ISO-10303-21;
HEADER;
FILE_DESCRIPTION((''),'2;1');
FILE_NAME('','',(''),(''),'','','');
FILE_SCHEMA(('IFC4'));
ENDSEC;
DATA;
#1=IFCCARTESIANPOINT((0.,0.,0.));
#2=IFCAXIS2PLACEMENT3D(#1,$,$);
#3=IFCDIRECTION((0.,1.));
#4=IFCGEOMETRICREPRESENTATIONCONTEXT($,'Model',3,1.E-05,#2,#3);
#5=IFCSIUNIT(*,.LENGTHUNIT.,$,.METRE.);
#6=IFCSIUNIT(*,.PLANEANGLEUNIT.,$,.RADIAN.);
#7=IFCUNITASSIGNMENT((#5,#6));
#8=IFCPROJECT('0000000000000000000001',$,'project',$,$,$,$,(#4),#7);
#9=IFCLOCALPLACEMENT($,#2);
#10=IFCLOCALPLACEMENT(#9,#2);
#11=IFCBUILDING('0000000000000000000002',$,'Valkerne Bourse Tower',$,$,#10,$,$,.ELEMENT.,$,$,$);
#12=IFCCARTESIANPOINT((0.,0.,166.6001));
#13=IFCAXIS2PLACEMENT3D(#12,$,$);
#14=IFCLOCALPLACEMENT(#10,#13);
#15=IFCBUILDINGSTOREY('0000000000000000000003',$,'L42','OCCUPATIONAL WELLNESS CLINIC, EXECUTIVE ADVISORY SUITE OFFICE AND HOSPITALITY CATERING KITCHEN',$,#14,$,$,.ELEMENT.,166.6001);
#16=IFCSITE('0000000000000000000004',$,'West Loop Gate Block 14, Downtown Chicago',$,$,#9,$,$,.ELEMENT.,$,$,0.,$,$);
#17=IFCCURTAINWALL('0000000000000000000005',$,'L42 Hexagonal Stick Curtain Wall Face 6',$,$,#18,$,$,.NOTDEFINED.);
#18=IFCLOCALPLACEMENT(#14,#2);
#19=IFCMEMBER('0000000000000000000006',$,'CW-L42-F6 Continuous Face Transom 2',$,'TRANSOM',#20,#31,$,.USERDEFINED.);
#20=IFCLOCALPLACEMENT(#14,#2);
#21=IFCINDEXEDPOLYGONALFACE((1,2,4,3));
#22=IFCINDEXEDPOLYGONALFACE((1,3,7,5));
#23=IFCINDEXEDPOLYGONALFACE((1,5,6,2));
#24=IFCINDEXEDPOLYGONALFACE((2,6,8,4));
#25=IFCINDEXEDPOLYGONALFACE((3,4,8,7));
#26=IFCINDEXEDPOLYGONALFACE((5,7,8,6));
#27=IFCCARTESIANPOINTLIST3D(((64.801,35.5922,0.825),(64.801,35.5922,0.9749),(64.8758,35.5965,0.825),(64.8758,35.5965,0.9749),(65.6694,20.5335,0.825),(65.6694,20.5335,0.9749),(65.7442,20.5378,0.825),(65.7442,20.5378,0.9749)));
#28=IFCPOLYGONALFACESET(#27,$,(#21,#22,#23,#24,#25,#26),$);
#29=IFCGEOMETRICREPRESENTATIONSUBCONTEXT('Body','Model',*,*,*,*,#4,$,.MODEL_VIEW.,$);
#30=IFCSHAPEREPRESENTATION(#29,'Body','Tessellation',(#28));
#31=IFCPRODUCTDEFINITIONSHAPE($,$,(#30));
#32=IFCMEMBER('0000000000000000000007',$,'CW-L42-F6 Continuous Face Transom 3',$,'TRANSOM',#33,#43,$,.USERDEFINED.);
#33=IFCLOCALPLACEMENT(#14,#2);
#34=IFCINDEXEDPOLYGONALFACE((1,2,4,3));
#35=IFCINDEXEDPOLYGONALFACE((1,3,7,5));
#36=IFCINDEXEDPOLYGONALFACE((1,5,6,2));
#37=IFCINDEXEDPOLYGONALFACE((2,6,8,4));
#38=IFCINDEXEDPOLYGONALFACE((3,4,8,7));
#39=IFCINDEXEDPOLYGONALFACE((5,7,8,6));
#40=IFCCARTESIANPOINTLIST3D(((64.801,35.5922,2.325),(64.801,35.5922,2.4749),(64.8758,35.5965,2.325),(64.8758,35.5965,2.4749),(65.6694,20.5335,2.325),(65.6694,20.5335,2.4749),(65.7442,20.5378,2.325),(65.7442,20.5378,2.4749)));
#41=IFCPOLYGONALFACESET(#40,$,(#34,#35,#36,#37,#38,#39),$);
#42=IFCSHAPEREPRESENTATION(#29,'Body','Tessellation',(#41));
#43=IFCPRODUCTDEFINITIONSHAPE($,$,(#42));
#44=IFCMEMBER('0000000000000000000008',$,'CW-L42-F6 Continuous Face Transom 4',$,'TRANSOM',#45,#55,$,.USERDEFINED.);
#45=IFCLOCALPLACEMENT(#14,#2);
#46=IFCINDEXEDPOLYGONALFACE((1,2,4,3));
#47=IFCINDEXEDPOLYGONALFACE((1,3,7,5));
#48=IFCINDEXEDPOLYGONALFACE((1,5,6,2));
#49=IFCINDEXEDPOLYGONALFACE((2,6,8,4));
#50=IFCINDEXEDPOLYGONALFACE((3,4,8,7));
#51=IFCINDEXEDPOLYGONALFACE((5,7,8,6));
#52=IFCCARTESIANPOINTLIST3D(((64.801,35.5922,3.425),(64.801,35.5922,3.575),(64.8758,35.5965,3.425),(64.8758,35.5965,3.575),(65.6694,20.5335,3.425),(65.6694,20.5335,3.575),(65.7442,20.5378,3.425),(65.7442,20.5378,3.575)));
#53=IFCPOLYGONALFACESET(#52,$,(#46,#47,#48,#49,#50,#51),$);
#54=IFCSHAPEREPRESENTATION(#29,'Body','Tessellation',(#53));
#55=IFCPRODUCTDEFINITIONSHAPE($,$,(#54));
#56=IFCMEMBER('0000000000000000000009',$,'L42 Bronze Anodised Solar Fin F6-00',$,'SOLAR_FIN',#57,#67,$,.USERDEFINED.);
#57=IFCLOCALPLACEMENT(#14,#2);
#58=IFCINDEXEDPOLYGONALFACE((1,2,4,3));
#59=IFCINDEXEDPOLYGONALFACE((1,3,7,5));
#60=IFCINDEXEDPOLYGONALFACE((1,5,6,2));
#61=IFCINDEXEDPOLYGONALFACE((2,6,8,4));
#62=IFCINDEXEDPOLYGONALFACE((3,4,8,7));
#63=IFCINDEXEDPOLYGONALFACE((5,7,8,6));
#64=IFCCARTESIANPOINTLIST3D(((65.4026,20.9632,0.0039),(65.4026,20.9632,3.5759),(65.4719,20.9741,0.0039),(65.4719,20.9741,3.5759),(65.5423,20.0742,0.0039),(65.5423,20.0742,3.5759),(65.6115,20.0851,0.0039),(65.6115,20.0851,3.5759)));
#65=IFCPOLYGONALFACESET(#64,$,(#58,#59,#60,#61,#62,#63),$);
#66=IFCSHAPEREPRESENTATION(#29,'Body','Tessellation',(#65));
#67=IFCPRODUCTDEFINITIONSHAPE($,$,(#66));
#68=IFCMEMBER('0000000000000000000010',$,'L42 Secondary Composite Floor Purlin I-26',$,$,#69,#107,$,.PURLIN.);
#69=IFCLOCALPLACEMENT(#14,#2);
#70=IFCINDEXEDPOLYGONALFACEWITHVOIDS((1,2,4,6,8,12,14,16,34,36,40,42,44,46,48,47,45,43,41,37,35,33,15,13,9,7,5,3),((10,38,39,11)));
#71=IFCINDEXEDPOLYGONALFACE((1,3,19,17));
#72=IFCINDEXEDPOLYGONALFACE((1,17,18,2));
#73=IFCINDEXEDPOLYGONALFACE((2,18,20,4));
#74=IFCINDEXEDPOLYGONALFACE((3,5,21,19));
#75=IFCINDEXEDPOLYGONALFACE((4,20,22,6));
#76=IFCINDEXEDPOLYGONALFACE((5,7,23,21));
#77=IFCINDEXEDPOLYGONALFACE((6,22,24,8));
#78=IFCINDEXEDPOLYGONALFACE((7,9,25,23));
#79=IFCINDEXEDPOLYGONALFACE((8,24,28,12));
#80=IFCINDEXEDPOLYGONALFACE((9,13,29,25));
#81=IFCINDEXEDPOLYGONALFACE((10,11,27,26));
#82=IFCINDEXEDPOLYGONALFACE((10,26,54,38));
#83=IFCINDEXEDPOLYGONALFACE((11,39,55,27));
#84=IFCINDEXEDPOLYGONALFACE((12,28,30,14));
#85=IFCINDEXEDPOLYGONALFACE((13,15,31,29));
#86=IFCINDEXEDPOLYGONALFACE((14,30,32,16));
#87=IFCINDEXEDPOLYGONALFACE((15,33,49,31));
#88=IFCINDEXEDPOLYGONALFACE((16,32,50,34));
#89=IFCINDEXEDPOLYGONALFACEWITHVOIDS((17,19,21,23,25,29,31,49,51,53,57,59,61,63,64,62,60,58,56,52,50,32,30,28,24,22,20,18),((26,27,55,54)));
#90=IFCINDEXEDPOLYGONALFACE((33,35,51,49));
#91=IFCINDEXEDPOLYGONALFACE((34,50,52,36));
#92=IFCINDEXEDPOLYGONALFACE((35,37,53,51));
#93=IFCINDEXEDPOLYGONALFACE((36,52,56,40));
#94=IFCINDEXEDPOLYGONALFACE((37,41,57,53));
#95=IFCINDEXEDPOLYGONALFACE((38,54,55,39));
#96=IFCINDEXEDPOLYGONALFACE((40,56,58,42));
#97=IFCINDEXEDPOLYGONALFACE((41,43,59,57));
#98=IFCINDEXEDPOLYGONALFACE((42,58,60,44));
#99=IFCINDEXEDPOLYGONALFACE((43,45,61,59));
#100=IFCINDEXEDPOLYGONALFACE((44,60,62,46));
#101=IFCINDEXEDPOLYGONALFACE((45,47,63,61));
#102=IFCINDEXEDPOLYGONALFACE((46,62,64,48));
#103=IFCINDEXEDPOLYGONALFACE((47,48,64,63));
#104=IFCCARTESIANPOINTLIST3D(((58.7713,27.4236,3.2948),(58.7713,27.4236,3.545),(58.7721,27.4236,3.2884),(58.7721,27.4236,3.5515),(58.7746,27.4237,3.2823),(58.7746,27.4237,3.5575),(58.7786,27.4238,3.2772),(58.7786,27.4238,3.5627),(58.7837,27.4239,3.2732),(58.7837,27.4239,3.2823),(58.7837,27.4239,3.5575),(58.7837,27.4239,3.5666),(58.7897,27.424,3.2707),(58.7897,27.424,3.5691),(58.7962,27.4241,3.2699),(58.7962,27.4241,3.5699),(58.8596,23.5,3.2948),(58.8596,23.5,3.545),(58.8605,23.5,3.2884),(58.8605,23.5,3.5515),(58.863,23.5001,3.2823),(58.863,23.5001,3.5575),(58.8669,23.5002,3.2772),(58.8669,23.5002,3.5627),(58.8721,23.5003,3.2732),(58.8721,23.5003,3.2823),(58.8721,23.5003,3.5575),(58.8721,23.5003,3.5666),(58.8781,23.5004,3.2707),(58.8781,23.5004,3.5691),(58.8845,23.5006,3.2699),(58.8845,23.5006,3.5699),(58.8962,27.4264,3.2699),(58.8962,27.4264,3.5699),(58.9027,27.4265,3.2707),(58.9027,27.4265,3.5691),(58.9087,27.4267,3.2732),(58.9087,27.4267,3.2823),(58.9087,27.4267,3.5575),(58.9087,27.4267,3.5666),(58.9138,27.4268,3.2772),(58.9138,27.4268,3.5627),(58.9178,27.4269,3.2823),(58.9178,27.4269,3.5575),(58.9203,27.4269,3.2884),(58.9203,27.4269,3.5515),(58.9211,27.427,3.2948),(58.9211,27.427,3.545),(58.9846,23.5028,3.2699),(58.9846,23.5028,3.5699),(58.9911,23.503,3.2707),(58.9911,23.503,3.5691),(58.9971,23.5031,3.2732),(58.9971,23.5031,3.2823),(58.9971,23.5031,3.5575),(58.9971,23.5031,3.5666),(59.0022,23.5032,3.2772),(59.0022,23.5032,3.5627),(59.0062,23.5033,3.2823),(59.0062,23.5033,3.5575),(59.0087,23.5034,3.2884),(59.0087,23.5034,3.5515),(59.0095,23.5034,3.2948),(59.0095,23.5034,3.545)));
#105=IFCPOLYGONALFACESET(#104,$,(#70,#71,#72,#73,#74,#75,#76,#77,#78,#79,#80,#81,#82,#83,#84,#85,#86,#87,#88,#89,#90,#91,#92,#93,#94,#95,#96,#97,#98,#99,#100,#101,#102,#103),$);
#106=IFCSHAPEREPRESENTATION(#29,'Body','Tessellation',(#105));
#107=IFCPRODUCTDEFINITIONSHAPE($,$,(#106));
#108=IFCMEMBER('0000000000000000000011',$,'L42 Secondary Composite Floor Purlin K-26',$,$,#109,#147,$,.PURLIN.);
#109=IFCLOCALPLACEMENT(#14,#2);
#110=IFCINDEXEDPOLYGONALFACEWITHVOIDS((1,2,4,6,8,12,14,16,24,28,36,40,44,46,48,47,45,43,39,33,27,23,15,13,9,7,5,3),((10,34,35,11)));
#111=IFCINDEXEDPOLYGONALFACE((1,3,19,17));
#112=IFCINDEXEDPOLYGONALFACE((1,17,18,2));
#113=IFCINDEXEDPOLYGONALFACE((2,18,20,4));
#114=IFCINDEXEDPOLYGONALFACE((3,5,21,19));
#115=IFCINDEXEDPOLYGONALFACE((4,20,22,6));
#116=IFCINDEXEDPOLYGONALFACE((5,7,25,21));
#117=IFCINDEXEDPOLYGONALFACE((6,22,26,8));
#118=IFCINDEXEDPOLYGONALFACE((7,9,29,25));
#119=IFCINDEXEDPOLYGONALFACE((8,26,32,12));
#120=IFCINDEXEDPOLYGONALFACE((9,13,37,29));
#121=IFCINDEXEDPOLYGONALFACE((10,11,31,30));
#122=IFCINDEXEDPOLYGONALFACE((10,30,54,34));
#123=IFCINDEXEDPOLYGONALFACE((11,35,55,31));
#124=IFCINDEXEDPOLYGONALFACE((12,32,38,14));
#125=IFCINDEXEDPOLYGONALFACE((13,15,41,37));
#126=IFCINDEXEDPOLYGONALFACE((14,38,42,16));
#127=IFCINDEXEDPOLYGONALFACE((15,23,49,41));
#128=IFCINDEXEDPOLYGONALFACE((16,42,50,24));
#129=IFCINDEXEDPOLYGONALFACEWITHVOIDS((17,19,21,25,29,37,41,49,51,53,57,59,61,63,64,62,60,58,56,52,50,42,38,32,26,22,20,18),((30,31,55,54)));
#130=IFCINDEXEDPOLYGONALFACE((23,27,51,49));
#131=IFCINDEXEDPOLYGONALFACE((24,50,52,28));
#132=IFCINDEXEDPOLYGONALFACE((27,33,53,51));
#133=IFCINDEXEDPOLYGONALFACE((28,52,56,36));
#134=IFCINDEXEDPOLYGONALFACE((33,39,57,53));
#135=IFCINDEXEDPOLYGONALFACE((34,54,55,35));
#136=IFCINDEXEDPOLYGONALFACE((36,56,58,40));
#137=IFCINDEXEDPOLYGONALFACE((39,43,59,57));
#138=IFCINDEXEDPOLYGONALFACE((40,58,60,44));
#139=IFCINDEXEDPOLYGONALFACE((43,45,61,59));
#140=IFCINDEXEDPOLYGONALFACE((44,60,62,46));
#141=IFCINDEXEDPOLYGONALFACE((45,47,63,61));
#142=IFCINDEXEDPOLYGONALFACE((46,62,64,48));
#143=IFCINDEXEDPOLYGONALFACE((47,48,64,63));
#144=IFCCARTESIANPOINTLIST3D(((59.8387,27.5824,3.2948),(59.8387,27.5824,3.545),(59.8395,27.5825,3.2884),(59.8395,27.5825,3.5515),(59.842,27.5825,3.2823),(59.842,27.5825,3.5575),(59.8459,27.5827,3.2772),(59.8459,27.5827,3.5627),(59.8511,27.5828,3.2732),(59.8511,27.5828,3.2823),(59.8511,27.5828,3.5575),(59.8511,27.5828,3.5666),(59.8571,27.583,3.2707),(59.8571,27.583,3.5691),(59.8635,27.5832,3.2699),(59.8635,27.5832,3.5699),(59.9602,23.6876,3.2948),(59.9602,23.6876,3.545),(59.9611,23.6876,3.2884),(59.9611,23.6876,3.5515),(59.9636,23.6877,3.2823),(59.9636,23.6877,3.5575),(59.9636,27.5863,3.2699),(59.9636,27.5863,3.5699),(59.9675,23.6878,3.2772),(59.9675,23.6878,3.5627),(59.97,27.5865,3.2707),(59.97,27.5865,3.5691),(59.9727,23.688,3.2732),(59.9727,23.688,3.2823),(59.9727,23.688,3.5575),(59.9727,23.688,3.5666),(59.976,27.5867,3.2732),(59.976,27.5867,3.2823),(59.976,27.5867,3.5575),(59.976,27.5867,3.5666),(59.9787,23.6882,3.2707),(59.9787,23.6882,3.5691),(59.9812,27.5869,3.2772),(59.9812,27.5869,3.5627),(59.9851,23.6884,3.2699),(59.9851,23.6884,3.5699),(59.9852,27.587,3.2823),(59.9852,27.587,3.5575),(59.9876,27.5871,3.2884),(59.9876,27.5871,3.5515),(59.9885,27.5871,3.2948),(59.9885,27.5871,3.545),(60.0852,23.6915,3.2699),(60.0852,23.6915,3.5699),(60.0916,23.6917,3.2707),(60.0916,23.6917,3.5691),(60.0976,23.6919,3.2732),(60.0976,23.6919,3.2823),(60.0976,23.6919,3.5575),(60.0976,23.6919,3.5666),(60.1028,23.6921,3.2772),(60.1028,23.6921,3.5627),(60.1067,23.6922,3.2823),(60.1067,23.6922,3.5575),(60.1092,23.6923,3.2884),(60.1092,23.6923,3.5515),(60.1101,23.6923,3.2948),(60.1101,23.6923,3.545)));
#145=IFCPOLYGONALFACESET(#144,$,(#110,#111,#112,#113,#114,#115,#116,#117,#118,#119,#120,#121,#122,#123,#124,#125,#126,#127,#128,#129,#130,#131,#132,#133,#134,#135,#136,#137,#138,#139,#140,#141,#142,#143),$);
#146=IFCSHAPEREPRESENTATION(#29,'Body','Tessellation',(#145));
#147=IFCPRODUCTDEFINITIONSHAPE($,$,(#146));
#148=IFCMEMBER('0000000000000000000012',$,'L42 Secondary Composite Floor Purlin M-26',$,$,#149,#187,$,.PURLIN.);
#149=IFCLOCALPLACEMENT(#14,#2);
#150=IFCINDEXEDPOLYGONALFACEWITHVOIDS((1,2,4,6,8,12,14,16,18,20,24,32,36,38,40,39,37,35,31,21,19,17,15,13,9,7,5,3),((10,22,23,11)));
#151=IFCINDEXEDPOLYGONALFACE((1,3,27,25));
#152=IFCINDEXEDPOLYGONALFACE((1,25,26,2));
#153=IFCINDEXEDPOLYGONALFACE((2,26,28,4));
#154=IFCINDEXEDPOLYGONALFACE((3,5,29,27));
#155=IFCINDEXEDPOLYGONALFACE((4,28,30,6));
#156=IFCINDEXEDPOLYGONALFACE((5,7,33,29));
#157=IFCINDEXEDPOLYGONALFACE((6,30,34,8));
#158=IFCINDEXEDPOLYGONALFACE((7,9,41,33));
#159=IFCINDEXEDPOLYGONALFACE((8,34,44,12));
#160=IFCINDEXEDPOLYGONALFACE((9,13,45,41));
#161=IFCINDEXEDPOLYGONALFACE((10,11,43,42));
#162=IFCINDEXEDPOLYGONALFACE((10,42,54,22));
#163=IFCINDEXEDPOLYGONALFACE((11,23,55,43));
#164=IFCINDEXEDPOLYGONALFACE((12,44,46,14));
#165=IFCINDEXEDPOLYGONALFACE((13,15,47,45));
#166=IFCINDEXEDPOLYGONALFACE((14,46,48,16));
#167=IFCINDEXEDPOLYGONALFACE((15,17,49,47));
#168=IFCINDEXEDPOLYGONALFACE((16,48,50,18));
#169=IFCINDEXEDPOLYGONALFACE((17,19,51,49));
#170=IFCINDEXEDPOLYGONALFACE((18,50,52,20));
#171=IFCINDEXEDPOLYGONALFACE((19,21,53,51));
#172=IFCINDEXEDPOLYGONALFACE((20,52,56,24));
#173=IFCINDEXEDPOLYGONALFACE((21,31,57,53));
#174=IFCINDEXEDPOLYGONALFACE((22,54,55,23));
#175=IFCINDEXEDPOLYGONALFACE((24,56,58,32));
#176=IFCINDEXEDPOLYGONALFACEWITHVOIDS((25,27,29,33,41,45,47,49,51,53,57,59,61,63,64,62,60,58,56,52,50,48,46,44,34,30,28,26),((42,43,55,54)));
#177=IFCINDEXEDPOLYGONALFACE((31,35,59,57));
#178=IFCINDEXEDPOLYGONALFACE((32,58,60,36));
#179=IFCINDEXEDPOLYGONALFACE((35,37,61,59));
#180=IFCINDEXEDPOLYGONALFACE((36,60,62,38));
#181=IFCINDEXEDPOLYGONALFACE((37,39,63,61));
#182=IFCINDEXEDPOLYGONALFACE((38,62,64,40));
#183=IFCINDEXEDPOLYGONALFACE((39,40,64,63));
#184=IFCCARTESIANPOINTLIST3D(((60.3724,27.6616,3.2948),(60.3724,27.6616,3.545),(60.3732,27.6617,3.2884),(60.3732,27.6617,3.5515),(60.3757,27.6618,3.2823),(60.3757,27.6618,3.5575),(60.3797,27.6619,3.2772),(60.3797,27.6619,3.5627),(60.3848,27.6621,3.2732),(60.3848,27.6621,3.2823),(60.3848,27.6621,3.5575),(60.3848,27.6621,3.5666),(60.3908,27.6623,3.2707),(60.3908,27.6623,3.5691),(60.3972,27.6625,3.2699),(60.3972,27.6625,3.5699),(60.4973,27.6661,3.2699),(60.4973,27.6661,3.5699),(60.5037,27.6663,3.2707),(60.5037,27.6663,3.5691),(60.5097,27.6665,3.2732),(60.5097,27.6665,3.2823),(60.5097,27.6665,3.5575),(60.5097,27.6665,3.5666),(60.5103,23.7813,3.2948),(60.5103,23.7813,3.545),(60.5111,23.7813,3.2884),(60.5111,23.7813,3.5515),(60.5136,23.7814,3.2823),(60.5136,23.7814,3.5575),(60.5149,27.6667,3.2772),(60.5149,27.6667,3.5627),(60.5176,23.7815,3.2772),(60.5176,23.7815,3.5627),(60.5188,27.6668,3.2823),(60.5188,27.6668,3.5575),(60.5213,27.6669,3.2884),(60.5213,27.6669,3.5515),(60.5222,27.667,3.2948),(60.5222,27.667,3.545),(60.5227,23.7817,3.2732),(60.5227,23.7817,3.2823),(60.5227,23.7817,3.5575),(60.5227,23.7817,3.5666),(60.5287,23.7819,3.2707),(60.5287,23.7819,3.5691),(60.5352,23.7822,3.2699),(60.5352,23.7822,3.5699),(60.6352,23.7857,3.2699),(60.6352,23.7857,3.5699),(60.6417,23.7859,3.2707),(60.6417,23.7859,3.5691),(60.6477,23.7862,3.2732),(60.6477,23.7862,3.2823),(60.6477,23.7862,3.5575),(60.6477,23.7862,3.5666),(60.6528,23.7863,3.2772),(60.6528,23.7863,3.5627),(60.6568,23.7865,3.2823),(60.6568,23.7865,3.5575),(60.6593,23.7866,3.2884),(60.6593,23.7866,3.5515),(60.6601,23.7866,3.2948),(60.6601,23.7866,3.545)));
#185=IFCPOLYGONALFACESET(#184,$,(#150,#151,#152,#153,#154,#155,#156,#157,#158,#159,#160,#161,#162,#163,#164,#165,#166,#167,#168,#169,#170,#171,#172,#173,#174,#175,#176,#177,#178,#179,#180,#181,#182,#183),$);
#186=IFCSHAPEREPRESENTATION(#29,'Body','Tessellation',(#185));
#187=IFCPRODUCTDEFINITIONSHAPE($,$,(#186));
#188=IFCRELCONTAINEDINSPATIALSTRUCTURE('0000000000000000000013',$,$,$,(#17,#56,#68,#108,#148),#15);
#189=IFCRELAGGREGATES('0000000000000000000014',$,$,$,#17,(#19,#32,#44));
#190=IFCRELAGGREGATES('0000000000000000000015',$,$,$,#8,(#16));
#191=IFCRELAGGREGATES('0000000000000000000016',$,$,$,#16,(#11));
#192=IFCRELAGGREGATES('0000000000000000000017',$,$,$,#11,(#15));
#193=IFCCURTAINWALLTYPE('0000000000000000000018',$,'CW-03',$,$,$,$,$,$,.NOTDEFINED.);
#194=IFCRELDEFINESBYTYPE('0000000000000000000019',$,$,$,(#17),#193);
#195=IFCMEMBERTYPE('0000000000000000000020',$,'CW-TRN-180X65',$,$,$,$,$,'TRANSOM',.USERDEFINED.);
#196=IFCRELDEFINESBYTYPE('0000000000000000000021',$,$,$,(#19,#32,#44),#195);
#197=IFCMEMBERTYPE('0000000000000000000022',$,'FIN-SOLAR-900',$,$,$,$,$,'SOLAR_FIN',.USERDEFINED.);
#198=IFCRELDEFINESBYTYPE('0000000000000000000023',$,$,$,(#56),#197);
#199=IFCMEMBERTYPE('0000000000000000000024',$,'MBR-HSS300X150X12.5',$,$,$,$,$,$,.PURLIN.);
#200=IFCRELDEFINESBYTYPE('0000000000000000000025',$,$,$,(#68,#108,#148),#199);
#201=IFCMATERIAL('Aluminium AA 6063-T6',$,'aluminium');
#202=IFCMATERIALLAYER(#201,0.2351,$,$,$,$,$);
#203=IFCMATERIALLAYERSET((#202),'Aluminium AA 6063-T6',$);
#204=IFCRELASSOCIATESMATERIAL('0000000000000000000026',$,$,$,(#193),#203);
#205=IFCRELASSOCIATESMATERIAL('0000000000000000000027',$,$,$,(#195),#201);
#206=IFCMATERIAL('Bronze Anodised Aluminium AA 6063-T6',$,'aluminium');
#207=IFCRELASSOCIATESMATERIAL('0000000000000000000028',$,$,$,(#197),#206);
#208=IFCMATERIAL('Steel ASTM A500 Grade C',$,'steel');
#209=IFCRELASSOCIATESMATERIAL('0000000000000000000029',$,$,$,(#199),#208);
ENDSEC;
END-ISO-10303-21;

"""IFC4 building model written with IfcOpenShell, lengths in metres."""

from ifc_helpers import new_model, si_unit, direction, frame, origin, origin_2d, place, context, subcontext, project, spatial, rectangle, hollow_rectangle, extrude, material, layer, layer_set, material_profile, profile_set, type_object, element, aggregate, save


model = new_model("IFC4")

# Units and contexts
model_context = context("Model", 3, precision=1e-05, world=origin(), true_north=direction((0.0, 1.0)))
body_context = subcontext(model_context, "Body", "Model", "MODEL_VIEW")
ifc_project = project(units=[si_unit("LENGTHUNIT", "METRE"), si_unit("PLANEANGLEUNIT", "RADIAN")], contexts=[model_context])

# Site, building, storey
site_placement = place(None, origin())
site = spatial("IfcSite", under=ifc_project, at=site_placement, Name="West Loop Gate Block 14, Downtown Chicago", CompositionType="ELEMENT", RefElevation=0.0)
building_placement = place(site_placement, origin())
building = spatial("IfcBuilding", under=site, at=building_placement, Name="Valkerne Bourse Tower", CompositionType="ELEMENT")
storey_placement = place(building_placement, frame((0.0, 0.0, 166.6001)))
storey = spatial("IfcBuildingStorey", under=building, at=storey_placement, Name="L42", Description="OCCUPATIONAL WELLNESS CLINIC, EXECUTIVE ADVISORY SUITE OFFICE AND HOSPITALITY CATERING KITCHEN", CompositionType="ELEMENT", Elevation=166.6001)

# Curtain wall, members
ifc_material_1 = material(Name="Aluminium AA 6063-T6", Category="aluminium")
ifc_layer_1 = layer(ifc_material_1, 0.2351)
ifc_layer_set_1 = layer_set([ifc_layer_1], Name="Aluminium AA 6063-T6")
curtain_wall_type = type_object("IfcCurtainWallType", Name="CW-03", PredefinedType="NOTDEFINED", material=ifc_layer_set_1)
curtain_wall_placement = place(storey_placement, origin())
curtain_wall = element("IfcCurtainWall", 1, at=curtain_wall_placement, inside=storey, type_object=curtain_wall_type, Name="L42 Hexagonal Stick Curtain Wall Face 6", PredefinedType="NOTDEFINED")
ifc_material_profile_1 = material_profile(ifc_material_1, rectangle(XDim=0.075, YDim=0.1499, at=origin_2d()), Name="CWT-75X150")
ifc_profile_set_1 = profile_set([ifc_material_profile_1], Name="Aluminium AA 6063-T6")
member_type_1 = type_object("IfcMemberType", Name="CW-TRN-180X65", ElementType="TRANSOM", PredefinedType="USERDEFINED", material=ifc_profile_set_1)
member_1_placement = place(storey_placement, frame((65.7068, 20.5356, 0.8999), z_axis=(-0.057572, 0.998341, 0.0), x_axis=(-0.998341, -0.057572, 0.0)))
member_1 = element("IfcMember", 2, at=member_1_placement, type_object=member_type_1, Name="CW-L42-F6 Continuous Face Transom 2", ObjectType="TRANSOM", PredefinedType="USERDEFINED", context=body_context, shape_type="SweptSolid", body=[
    extrude(rectangle(XDim=0.075, YDim=0.1499, at=origin_2d()), origin(), (0.0, 0.0, 1.0), 15.0837),
])
member_2_placement = place(storey_placement, frame((65.7068, 20.5356, 2.3999), z_axis=(-0.057572, 0.998341, 0.0), x_axis=(-0.998341, -0.057572, 0.0)))
member_2 = element("IfcMember", 3, at=member_2_placement, type_object=member_type_1, Name="CW-L42-F6 Continuous Face Transom 3", ObjectType="TRANSOM", PredefinedType="USERDEFINED", context=body_context, shape_type="SweptSolid", body=[
    extrude(rectangle(XDim=0.075, YDim=0.1499, at=origin_2d()), origin(), (0.0, 0.0, 1.0), 15.0837),
])
member_3_placement = place(storey_placement, frame((65.7068, 20.5356, 3.5), z_axis=(-0.057572, 0.998341, 0.0), x_axis=(-0.998341, -0.057572, 0.0)))
member_3 = element("IfcMember", 4, at=member_3_placement, type_object=member_type_1, Name="CW-L42-F6 Continuous Face Transom 4", ObjectType="TRANSOM", PredefinedType="USERDEFINED", context=body_context, shape_type="SweptSolid", body=[
    extrude(rectangle(XDim=0.075, YDim=0.1499, at=origin_2d()), origin(), (0.0, 0.0, 1.0), 15.0837),
])

# Members
ifc_material_2 = material(Name="Bronze Anodised Aluminium AA 6063-T6", Category="aluminium")
ifc_material_profile_2 = material_profile(ifc_material_2, rectangle(XDim=0.0701, YDim=0.8999, at=origin_2d()), Name="FIN-70X900")
ifc_profile_set_2 = profile_set([ifc_material_profile_2], Name="Bronze Anodised Aluminium AA 6063-T6")
member_type_2 = type_object("IfcMemberType", Name="FIN-SOLAR-900", ElementType="SOLAR_FIN", PredefinedType="USERDEFINED", material=ifc_profile_set_2)
member_4_placement = place(storey_placement, frame((65.5071, 20.5242, 0.0039), z_axis=(0.0, 0.0, 1.0), x_axis=(0.987885, 0.155185, 0.0)))
element("IfcMember", 5, at=member_4_placement, inside=storey, type_object=member_type_2, Name="L42 Bronze Anodised Solar Fin F6-00", ObjectType="SOLAR_FIN", PredefinedType="USERDEFINED", context=body_context, shape_type="SweptSolid", body=[
    extrude(rectangle(XDim=0.0701, YDim=0.8999, at=origin_2d()), origin(), (0.0, 0.0, 1.0), 3.572),
])
ifc_material_3 = material(Name="Steel ASTM A500 Grade C", Category="steel")
ifc_material_profile_3 = material_profile(ifc_material_3, hollow_rectangle(XDim=0.1499, YDim=0.3, WallThickness=0.0125, OuterFilletRadius=0.0249, at=origin_2d()), Name="HSS300X150X12.5")
ifc_profile_set_3 = profile_set([ifc_material_profile_3], Name="Steel ASTM A500 Grade C")
member_type_3 = type_object("IfcMemberType", Name="MBR-HSS300X150X12.5", PredefinedType="PURLIN", material=ifc_profile_set_3)
member_5_placement = place(storey_placement, frame((58.9346, 23.5017, 3.4199), z_axis=(-0.022519, 0.999746, 0.0), x_axis=(-0.999746, -0.022519, 0.0)))
element("IfcMember", 6, at=member_5_placement, inside=storey, type_object=member_type_3, Name="L42 Secondary Composite Floor Purlin I-26", PredefinedType="PURLIN", context=body_context, shape_type="SweptSolid", body=[
    extrude(hollow_rectangle(XDim=0.1499, YDim=0.3, WallThickness=0.0125, OuterFilletRadius=0.0249, at=origin_2d()), origin(), (0.0, 0.0, 1.0), 3.9246),
])
member_6_placement = place(storey_placement, frame((60.0352, 23.6899, 3.4199), z_axis=(-0.031202, 0.999513, 0.0), x_axis=(-0.999513, -0.031202, 0.0)))
element("IfcMember", 7, at=member_6_placement, inside=storey, type_object=member_type_3, Name="L42 Secondary Composite Floor Purlin K-26", PredefinedType="PURLIN", context=body_context, shape_type="SweptSolid", body=[
    extrude(hollow_rectangle(XDim=0.1499, YDim=0.3, WallThickness=0.0125, OuterFilletRadius=0.0249, at=origin_2d()), origin(), (0.0, 0.0, 1.0), 3.8967),
])
member_7_placement = place(storey_placement, frame((60.5852, 23.7839, 3.4199), z_axis=(-0.035526, 0.999369, 0.0), x_axis=(-0.999369, -0.035526, 0.0)))
element("IfcMember", 8, at=member_7_placement, inside=storey, type_object=member_type_3, Name="L42 Secondary Composite Floor Purlin M-26", PredefinedType="PURLIN", context=body_context, shape_type="SweptSolid", body=[
    extrude(hollow_rectangle(XDim=0.1499, YDim=0.3, WallThickness=0.0125, OuterFilletRadius=0.0249, at=origin_2d()), origin(), (0.0, 0.0, 1.0), 3.8828),
])

aggregate(curtain_wall, [member_1, member_2, member_3])

save(model, "model.ifc")
